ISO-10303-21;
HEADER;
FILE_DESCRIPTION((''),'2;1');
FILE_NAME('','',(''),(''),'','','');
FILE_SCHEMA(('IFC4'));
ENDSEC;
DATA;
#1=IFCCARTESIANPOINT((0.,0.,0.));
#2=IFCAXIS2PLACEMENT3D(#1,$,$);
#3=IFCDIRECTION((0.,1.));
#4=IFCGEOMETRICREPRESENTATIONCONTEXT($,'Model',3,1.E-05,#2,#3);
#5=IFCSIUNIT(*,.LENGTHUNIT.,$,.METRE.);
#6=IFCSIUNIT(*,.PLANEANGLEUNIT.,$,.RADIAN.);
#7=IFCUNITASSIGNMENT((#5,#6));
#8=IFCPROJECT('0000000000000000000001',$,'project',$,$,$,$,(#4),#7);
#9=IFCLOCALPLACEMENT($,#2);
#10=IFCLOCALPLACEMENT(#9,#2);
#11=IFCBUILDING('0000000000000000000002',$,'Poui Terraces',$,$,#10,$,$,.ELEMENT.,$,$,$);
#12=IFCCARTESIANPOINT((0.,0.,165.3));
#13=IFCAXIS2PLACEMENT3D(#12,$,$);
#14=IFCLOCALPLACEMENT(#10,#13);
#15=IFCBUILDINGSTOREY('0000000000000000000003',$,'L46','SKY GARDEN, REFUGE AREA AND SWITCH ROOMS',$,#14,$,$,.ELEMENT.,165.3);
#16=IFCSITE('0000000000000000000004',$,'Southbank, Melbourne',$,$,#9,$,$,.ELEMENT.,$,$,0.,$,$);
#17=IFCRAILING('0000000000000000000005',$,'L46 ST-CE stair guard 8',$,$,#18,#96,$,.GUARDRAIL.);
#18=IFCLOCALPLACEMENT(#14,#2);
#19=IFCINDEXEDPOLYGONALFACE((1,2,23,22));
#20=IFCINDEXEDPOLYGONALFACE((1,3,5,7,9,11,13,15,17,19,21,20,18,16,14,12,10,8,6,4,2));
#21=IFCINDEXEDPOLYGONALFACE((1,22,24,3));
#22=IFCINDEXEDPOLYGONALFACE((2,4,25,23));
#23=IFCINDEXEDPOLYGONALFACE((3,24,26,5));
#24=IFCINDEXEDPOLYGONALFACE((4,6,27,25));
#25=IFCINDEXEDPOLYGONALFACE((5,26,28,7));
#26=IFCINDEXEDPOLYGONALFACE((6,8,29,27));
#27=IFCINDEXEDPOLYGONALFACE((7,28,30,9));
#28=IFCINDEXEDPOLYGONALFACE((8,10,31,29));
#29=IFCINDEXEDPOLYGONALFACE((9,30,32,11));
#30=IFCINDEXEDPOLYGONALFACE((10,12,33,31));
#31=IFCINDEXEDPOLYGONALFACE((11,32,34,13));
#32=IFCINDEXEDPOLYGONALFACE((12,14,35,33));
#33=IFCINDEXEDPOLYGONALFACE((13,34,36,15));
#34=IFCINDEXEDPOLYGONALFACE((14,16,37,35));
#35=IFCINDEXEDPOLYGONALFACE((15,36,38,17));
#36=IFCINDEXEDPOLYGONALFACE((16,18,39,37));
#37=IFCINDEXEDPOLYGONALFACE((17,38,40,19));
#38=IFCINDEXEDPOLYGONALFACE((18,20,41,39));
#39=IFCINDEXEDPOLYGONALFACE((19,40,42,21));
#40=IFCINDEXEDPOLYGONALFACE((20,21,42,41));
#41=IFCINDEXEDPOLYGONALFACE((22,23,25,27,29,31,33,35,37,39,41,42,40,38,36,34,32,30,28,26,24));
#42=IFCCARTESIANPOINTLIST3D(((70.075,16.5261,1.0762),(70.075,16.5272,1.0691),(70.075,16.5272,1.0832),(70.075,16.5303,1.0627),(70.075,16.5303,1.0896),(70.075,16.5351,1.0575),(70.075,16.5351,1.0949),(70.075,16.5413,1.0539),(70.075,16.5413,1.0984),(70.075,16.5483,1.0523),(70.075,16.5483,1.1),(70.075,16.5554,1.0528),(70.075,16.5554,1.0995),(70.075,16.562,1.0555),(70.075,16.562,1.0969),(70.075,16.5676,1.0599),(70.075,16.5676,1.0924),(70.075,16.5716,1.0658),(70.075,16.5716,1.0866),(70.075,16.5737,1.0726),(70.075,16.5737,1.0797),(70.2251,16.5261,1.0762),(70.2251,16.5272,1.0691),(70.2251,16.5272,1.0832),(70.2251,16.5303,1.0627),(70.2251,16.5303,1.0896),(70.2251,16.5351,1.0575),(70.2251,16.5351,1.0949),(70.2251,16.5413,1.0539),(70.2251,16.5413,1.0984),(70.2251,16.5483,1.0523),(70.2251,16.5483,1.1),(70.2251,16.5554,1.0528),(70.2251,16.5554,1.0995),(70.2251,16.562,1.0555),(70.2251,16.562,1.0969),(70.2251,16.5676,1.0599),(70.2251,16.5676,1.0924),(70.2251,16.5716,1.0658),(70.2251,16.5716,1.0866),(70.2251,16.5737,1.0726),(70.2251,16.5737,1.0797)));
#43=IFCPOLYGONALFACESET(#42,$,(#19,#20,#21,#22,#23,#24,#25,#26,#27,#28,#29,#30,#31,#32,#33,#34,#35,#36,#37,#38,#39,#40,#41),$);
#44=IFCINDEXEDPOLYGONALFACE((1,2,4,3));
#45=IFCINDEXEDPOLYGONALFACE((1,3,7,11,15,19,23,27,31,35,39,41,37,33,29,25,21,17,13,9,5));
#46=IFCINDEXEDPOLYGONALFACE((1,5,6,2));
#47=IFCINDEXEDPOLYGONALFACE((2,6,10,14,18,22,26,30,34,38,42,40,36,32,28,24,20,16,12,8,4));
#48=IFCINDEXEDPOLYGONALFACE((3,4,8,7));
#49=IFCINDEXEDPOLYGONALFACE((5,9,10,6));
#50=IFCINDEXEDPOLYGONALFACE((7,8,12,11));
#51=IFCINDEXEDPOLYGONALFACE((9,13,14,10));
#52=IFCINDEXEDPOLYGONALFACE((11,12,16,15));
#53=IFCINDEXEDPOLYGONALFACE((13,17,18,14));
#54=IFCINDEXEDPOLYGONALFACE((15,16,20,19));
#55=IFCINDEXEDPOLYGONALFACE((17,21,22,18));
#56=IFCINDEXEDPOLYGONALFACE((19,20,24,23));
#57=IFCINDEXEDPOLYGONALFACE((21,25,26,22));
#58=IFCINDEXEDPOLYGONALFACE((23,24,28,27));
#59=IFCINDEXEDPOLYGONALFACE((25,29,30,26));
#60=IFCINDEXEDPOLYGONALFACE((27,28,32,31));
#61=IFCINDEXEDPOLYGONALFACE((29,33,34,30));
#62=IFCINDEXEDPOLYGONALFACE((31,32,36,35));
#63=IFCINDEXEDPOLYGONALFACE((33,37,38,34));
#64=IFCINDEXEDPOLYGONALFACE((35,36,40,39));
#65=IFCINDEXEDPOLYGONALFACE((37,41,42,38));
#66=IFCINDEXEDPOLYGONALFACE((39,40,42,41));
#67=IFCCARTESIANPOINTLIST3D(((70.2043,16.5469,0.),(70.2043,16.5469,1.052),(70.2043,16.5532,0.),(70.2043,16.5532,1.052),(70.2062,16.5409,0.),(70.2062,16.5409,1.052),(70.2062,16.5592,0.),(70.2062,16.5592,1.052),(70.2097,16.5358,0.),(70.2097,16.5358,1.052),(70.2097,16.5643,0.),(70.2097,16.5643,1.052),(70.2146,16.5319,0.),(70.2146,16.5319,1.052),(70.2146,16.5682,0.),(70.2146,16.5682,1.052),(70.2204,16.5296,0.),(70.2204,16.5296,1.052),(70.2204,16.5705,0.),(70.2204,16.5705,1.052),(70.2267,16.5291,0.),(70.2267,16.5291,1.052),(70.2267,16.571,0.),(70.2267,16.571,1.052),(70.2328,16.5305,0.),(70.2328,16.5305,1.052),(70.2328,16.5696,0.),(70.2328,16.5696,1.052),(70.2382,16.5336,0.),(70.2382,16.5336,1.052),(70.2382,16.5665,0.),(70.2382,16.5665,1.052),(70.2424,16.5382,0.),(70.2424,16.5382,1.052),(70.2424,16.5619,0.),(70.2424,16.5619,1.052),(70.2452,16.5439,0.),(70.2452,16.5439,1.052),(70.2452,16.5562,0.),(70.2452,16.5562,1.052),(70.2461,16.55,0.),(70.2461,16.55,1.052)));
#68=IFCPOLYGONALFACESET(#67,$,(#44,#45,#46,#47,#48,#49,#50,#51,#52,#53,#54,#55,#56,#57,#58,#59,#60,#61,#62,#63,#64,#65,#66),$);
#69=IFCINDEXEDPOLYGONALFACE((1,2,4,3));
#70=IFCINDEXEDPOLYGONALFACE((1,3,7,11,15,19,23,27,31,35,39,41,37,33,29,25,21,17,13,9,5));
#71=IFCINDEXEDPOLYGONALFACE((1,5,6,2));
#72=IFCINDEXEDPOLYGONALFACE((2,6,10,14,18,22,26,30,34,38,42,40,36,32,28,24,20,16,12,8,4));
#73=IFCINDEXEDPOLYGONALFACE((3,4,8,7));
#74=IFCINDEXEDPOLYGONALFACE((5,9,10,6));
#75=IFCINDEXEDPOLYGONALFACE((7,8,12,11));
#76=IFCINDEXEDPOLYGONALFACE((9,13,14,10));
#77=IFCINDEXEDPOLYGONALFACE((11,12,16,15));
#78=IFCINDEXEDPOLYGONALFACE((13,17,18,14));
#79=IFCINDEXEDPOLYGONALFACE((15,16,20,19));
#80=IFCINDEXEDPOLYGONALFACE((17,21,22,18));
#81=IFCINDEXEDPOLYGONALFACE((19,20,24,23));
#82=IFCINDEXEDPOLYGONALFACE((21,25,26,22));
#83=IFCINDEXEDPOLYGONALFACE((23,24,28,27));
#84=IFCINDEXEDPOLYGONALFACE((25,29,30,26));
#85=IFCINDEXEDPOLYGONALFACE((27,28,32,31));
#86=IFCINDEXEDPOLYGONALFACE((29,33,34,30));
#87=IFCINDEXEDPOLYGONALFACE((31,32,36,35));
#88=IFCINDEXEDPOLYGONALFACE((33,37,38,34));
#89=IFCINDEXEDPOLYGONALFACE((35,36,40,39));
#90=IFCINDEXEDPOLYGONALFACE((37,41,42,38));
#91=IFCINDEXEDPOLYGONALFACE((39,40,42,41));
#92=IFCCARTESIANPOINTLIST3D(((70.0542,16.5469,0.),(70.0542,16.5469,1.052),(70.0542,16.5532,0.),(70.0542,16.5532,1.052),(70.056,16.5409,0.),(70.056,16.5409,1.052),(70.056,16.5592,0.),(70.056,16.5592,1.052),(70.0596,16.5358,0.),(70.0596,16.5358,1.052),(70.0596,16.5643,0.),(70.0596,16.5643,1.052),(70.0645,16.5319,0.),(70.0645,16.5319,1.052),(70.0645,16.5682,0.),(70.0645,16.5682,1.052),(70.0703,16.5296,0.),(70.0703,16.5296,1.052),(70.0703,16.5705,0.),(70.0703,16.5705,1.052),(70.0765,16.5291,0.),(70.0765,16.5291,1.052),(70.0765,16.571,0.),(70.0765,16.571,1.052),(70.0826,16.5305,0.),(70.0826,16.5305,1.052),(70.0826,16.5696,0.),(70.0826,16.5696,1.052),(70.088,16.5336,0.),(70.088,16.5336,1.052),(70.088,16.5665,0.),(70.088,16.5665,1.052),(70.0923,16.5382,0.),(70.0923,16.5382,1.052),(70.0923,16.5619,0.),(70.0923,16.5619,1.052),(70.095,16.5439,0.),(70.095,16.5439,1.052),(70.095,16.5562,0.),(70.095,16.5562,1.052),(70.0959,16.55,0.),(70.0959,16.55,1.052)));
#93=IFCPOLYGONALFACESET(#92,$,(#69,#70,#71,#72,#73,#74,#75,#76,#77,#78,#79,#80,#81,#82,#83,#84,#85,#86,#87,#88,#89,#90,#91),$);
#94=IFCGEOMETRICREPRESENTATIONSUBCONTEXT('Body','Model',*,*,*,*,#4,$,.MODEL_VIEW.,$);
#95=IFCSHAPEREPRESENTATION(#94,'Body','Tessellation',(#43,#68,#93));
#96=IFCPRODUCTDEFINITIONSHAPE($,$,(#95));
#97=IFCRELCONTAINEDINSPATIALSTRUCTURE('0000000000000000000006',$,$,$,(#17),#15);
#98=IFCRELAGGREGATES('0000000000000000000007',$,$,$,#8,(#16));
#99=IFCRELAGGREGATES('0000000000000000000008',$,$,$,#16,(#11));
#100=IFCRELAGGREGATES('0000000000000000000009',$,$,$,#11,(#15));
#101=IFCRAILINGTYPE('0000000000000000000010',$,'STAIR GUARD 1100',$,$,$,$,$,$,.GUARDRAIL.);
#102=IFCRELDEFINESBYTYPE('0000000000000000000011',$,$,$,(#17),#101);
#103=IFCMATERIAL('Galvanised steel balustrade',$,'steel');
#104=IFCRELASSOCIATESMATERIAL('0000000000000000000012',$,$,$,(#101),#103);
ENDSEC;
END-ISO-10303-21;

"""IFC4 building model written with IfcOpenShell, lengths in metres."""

from ifc_helpers import new_model, si_unit, direction, frame, origin, origin_2d, place, context, subcontext, project, spatial, circle, extrude, material, type_object, element, save


model = new_model("IFC4")

# Units and contexts
model_context = context("Model", 3, precision=1e-05, world=origin(), true_north=direction((0.0, 1.0)))
body_context = subcontext(model_context, "Body", "Model", "MODEL_VIEW")
ifc_project = project(units=[si_unit("LENGTHUNIT", "METRE"), si_unit("PLANEANGLEUNIT", "RADIAN")], contexts=[model_context])

# Site, building, storey
site_placement = place(None, origin())
site = spatial("IfcSite", under=ifc_project, at=site_placement, Name="Southbank, Melbourne", CompositionType="ELEMENT", RefElevation=0.0)
building_placement = place(site_placement, origin())
building = spatial("IfcBuilding", under=site, at=building_placement, Name="Poui Terraces", CompositionType="ELEMENT")
storey_placement = place(building_placement, frame((0.0, 0.0, 165.3)))
storey = spatial("IfcBuildingStorey", under=building, at=storey_placement, Name="L46", Description="SKY GARDEN, REFUGE AREA AND SWITCH ROOMS", CompositionType="ELEMENT", Elevation=165.3)

# Railing
ifc_material_1 = material(Name="Galvanised steel balustrade", Category="steel")
railing_type_1 = type_object("IfcRailingType", Name="STAIR GUARD 1100", PredefinedType="GUARDRAIL", material=ifc_material_1)
railing_1_placement = place(storey_placement, frame((70.2251, 16.55, 0.0)))
element("IfcRailing", 1, at=railing_1_placement, inside=storey, type_object=railing_type_1, Name="L46 ST-CE stair guard 8", PredefinedType="GUARDRAIL", context=body_context, shape_type="SweptSolid", body=[
    extrude(circle(Radius=0.0239, at=origin_2d()), frame((0.0, 0.0, 1.0762), z_axis=(-1.0, 0.0, 0.0), x_axis=(0.0, -1.0, 0.0)), (0.0, 0.0, 1.0), 0.1501),
    extrude(circle(Radius=0.021, at=origin_2d()), origin(), (0.0, 0.0, 1.0), 1.052),
    extrude(circle(Radius=0.021, at=origin_2d()), frame((-0.1501, 0.0, 0.0)), (0.0, 0.0, 1.0), 1.052),
])

save(model, "model.ifc")
